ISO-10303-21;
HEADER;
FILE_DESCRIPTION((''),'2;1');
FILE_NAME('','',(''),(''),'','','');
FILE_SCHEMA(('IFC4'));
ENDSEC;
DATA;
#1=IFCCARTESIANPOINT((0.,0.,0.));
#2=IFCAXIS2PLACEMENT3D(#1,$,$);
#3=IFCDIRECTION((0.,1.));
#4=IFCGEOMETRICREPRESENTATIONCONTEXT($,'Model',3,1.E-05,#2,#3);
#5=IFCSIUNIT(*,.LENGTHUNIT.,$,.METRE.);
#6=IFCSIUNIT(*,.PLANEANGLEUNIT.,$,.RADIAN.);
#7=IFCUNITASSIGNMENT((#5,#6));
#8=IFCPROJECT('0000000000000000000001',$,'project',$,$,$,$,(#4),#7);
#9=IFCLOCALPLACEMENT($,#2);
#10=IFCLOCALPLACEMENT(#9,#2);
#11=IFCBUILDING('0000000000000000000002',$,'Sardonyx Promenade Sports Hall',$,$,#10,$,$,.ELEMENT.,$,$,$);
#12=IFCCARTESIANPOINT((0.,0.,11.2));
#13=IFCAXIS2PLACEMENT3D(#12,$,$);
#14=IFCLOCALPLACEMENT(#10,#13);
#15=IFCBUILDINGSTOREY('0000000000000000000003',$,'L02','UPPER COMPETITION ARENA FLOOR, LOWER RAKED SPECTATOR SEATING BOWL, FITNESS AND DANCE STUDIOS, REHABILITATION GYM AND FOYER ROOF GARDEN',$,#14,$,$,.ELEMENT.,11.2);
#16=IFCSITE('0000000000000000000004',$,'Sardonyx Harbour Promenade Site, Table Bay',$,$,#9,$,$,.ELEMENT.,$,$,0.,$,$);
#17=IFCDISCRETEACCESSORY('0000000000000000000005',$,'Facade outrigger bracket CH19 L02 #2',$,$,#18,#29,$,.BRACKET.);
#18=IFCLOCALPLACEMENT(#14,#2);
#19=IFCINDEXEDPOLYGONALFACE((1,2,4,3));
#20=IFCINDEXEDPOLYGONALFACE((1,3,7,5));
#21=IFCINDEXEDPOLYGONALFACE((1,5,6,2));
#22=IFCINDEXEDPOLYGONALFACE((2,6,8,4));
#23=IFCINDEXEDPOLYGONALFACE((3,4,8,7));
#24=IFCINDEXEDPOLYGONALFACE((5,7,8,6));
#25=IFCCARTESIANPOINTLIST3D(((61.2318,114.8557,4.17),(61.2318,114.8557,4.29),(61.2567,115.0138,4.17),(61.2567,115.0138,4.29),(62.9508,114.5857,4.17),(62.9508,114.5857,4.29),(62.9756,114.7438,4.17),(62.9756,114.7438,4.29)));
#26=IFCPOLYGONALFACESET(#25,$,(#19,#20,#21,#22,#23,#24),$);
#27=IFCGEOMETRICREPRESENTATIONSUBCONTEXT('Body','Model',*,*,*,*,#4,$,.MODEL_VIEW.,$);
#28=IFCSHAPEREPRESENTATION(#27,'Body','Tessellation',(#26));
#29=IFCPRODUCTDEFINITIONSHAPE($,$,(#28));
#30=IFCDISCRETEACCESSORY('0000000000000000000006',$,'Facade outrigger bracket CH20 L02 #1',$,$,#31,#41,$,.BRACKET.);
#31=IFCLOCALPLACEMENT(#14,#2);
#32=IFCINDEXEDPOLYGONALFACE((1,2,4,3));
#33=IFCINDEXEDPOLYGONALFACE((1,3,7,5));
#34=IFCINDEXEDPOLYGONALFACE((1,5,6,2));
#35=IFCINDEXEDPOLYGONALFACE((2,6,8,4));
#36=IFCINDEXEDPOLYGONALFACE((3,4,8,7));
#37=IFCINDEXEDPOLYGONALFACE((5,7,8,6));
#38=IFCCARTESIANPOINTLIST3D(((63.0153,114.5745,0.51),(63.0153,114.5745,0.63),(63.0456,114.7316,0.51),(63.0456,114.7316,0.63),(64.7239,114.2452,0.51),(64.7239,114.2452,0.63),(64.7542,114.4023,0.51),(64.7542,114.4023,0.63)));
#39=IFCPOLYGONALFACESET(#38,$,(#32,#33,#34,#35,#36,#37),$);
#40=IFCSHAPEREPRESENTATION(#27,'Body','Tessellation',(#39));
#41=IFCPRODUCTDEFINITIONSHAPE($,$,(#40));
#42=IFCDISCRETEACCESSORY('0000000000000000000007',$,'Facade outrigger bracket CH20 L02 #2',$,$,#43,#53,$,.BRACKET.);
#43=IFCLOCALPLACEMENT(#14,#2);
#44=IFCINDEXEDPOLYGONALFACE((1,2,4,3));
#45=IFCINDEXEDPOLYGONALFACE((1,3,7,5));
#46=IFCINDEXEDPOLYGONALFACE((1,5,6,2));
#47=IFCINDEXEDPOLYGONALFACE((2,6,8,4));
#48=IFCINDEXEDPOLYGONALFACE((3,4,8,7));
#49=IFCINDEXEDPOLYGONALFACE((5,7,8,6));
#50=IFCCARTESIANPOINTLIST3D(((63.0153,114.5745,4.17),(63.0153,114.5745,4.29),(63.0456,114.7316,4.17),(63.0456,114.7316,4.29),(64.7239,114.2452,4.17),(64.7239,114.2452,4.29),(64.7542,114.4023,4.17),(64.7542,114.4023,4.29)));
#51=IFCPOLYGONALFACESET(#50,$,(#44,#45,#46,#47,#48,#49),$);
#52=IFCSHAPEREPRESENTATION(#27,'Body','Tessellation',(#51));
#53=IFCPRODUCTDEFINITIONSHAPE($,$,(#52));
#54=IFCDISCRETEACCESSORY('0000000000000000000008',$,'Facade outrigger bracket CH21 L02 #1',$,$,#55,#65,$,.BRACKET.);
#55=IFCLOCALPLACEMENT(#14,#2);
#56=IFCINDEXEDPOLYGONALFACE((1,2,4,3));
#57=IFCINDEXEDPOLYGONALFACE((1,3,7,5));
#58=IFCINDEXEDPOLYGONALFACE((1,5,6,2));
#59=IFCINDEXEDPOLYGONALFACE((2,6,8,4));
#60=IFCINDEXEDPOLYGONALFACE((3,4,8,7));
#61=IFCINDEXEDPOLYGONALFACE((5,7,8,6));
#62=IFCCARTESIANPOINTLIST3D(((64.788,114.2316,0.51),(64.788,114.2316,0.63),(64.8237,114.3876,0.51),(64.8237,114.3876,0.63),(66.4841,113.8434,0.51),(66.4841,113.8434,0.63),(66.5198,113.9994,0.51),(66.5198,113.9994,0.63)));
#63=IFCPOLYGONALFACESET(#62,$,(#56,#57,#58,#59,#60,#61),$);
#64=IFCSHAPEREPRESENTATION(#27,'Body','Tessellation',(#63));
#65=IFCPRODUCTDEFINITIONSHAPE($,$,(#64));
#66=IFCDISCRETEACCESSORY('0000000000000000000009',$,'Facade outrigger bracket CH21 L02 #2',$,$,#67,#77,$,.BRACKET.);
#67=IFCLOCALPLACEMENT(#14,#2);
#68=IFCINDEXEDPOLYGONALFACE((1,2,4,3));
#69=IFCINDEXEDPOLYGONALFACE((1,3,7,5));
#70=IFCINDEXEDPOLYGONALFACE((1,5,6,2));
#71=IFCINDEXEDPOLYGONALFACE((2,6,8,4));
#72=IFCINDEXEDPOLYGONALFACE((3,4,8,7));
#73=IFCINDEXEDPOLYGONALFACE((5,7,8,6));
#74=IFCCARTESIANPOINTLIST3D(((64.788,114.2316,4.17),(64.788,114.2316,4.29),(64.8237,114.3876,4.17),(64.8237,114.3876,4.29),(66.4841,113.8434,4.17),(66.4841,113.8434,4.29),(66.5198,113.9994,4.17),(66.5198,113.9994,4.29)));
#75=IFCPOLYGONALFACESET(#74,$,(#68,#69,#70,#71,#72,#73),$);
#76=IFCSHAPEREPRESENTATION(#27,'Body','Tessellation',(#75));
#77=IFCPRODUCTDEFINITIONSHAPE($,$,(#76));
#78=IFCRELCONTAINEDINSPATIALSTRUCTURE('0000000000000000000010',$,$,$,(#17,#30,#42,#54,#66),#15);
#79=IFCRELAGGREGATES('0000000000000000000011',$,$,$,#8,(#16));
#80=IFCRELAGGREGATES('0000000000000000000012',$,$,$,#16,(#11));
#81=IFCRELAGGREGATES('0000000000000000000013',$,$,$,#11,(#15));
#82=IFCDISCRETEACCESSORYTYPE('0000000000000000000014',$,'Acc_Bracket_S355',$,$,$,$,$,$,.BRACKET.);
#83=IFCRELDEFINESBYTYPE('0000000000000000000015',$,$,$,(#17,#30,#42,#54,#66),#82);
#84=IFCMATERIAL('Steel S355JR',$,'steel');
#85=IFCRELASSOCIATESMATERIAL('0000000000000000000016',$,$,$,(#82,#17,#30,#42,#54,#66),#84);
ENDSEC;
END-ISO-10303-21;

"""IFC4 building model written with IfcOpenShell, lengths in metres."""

from ifc_helpers import new_model, si_unit, direction, frame, origin, place, context, subcontext, project, spatial, rectangle, extrude, material, type_object, element, save


model = new_model("IFC4")

# Units and contexts
model_context = context("Model", 3, precision=1e-05, world=origin(), true_north=direction((0.0, 1.0)))
body_context = subcontext(model_context, "Body", "Model", "MODEL_VIEW")
ifc_project = project(units=[si_unit("LENGTHUNIT", "METRE"), si_unit("PLANEANGLEUNIT", "RADIAN")], contexts=[model_context])

# Site, building, storey
site_placement = place(None, origin())
site = spatial("IfcSite", under=ifc_project, at=site_placement, Name="Sardonyx Harbour Promenade Site, Table Bay", CompositionType="ELEMENT", RefElevation=0.0)
building_placement = place(site_placement, origin())
building = spatial("IfcBuilding", under=site, at=building_placement, Name="Sardonyx Promenade Sports Hall", CompositionType="ELEMENT")
storey_placement = place(building_placement, frame((0.0, 0.0, 11.2)))
storey = spatial("IfcBuildingStorey", under=building, at=storey_placement, Name="L02", Description="UPPER COMPETITION ARENA FLOOR, LOWER RAKED SPECTATOR SEATING BOWL, FITNESS AND DANCE STUDIOS, REHABILITATION GYM AND FOYER ROOF GARDEN", CompositionType="ELEMENT", Elevation=11.2)

# Discrete accessories
ifc_material_1 = material(Name="Steel S355JR", Category="steel")
discrete_accessory_type = type_object("IfcDiscreteAccessoryType", Name="Acc_Bracket_S355", PredefinedType="BRACKET", material=ifc_material_1)
for number, where, z_axis, x_axis, name in (
    (1, (62.1037, 114.7997, 4.17), (0.0, 0.0, 1.0), (0.987891, -0.155148, 0.0), "Facade outrigger bracket CH19 L02 #2"),
    (2, (63.8847, 114.4884, 0.51), (0.0, 0.0, 1.0), (0.98193, -0.189246, 0.0), "Facade outrigger bracket CH20 L02 #1"),
    (3, (63.8847, 114.4884, 4.17), (0.0, 0.0, 1.0), (0.98193, -0.189246, 0.0), "Facade outrigger bracket CH20 L02 #2"),
    (4, (65.6539, 114.1155, 0.51), (0.0, 0.0, 1.0), (0.974792, -0.223117, 0.0), "Facade outrigger bracket CH21 L02 #1"),
    (5, (65.6539, 114.1155, 4.17), (0.0, 0.0, 1.0), (0.974792, -0.223117, 0.0), "Facade outrigger bracket CH21 L02 #2"),
):
    element("IfcDiscreteAccessory", number, at=place(storey_placement, frame(where, z_axis=z_axis, x_axis=x_axis)), inside=storey, type_object=discrete_accessory_type, material=ifc_material_1, Name=name, PredefinedType="BRACKET", context=body_context, shape_type="SweptSolid", body=[
        extrude(rectangle(XDim=1.74, YDim=0.16), origin(), (0.0, 0.0, 1.0), 0.12),
    ])

save(model, "model.ifc")
